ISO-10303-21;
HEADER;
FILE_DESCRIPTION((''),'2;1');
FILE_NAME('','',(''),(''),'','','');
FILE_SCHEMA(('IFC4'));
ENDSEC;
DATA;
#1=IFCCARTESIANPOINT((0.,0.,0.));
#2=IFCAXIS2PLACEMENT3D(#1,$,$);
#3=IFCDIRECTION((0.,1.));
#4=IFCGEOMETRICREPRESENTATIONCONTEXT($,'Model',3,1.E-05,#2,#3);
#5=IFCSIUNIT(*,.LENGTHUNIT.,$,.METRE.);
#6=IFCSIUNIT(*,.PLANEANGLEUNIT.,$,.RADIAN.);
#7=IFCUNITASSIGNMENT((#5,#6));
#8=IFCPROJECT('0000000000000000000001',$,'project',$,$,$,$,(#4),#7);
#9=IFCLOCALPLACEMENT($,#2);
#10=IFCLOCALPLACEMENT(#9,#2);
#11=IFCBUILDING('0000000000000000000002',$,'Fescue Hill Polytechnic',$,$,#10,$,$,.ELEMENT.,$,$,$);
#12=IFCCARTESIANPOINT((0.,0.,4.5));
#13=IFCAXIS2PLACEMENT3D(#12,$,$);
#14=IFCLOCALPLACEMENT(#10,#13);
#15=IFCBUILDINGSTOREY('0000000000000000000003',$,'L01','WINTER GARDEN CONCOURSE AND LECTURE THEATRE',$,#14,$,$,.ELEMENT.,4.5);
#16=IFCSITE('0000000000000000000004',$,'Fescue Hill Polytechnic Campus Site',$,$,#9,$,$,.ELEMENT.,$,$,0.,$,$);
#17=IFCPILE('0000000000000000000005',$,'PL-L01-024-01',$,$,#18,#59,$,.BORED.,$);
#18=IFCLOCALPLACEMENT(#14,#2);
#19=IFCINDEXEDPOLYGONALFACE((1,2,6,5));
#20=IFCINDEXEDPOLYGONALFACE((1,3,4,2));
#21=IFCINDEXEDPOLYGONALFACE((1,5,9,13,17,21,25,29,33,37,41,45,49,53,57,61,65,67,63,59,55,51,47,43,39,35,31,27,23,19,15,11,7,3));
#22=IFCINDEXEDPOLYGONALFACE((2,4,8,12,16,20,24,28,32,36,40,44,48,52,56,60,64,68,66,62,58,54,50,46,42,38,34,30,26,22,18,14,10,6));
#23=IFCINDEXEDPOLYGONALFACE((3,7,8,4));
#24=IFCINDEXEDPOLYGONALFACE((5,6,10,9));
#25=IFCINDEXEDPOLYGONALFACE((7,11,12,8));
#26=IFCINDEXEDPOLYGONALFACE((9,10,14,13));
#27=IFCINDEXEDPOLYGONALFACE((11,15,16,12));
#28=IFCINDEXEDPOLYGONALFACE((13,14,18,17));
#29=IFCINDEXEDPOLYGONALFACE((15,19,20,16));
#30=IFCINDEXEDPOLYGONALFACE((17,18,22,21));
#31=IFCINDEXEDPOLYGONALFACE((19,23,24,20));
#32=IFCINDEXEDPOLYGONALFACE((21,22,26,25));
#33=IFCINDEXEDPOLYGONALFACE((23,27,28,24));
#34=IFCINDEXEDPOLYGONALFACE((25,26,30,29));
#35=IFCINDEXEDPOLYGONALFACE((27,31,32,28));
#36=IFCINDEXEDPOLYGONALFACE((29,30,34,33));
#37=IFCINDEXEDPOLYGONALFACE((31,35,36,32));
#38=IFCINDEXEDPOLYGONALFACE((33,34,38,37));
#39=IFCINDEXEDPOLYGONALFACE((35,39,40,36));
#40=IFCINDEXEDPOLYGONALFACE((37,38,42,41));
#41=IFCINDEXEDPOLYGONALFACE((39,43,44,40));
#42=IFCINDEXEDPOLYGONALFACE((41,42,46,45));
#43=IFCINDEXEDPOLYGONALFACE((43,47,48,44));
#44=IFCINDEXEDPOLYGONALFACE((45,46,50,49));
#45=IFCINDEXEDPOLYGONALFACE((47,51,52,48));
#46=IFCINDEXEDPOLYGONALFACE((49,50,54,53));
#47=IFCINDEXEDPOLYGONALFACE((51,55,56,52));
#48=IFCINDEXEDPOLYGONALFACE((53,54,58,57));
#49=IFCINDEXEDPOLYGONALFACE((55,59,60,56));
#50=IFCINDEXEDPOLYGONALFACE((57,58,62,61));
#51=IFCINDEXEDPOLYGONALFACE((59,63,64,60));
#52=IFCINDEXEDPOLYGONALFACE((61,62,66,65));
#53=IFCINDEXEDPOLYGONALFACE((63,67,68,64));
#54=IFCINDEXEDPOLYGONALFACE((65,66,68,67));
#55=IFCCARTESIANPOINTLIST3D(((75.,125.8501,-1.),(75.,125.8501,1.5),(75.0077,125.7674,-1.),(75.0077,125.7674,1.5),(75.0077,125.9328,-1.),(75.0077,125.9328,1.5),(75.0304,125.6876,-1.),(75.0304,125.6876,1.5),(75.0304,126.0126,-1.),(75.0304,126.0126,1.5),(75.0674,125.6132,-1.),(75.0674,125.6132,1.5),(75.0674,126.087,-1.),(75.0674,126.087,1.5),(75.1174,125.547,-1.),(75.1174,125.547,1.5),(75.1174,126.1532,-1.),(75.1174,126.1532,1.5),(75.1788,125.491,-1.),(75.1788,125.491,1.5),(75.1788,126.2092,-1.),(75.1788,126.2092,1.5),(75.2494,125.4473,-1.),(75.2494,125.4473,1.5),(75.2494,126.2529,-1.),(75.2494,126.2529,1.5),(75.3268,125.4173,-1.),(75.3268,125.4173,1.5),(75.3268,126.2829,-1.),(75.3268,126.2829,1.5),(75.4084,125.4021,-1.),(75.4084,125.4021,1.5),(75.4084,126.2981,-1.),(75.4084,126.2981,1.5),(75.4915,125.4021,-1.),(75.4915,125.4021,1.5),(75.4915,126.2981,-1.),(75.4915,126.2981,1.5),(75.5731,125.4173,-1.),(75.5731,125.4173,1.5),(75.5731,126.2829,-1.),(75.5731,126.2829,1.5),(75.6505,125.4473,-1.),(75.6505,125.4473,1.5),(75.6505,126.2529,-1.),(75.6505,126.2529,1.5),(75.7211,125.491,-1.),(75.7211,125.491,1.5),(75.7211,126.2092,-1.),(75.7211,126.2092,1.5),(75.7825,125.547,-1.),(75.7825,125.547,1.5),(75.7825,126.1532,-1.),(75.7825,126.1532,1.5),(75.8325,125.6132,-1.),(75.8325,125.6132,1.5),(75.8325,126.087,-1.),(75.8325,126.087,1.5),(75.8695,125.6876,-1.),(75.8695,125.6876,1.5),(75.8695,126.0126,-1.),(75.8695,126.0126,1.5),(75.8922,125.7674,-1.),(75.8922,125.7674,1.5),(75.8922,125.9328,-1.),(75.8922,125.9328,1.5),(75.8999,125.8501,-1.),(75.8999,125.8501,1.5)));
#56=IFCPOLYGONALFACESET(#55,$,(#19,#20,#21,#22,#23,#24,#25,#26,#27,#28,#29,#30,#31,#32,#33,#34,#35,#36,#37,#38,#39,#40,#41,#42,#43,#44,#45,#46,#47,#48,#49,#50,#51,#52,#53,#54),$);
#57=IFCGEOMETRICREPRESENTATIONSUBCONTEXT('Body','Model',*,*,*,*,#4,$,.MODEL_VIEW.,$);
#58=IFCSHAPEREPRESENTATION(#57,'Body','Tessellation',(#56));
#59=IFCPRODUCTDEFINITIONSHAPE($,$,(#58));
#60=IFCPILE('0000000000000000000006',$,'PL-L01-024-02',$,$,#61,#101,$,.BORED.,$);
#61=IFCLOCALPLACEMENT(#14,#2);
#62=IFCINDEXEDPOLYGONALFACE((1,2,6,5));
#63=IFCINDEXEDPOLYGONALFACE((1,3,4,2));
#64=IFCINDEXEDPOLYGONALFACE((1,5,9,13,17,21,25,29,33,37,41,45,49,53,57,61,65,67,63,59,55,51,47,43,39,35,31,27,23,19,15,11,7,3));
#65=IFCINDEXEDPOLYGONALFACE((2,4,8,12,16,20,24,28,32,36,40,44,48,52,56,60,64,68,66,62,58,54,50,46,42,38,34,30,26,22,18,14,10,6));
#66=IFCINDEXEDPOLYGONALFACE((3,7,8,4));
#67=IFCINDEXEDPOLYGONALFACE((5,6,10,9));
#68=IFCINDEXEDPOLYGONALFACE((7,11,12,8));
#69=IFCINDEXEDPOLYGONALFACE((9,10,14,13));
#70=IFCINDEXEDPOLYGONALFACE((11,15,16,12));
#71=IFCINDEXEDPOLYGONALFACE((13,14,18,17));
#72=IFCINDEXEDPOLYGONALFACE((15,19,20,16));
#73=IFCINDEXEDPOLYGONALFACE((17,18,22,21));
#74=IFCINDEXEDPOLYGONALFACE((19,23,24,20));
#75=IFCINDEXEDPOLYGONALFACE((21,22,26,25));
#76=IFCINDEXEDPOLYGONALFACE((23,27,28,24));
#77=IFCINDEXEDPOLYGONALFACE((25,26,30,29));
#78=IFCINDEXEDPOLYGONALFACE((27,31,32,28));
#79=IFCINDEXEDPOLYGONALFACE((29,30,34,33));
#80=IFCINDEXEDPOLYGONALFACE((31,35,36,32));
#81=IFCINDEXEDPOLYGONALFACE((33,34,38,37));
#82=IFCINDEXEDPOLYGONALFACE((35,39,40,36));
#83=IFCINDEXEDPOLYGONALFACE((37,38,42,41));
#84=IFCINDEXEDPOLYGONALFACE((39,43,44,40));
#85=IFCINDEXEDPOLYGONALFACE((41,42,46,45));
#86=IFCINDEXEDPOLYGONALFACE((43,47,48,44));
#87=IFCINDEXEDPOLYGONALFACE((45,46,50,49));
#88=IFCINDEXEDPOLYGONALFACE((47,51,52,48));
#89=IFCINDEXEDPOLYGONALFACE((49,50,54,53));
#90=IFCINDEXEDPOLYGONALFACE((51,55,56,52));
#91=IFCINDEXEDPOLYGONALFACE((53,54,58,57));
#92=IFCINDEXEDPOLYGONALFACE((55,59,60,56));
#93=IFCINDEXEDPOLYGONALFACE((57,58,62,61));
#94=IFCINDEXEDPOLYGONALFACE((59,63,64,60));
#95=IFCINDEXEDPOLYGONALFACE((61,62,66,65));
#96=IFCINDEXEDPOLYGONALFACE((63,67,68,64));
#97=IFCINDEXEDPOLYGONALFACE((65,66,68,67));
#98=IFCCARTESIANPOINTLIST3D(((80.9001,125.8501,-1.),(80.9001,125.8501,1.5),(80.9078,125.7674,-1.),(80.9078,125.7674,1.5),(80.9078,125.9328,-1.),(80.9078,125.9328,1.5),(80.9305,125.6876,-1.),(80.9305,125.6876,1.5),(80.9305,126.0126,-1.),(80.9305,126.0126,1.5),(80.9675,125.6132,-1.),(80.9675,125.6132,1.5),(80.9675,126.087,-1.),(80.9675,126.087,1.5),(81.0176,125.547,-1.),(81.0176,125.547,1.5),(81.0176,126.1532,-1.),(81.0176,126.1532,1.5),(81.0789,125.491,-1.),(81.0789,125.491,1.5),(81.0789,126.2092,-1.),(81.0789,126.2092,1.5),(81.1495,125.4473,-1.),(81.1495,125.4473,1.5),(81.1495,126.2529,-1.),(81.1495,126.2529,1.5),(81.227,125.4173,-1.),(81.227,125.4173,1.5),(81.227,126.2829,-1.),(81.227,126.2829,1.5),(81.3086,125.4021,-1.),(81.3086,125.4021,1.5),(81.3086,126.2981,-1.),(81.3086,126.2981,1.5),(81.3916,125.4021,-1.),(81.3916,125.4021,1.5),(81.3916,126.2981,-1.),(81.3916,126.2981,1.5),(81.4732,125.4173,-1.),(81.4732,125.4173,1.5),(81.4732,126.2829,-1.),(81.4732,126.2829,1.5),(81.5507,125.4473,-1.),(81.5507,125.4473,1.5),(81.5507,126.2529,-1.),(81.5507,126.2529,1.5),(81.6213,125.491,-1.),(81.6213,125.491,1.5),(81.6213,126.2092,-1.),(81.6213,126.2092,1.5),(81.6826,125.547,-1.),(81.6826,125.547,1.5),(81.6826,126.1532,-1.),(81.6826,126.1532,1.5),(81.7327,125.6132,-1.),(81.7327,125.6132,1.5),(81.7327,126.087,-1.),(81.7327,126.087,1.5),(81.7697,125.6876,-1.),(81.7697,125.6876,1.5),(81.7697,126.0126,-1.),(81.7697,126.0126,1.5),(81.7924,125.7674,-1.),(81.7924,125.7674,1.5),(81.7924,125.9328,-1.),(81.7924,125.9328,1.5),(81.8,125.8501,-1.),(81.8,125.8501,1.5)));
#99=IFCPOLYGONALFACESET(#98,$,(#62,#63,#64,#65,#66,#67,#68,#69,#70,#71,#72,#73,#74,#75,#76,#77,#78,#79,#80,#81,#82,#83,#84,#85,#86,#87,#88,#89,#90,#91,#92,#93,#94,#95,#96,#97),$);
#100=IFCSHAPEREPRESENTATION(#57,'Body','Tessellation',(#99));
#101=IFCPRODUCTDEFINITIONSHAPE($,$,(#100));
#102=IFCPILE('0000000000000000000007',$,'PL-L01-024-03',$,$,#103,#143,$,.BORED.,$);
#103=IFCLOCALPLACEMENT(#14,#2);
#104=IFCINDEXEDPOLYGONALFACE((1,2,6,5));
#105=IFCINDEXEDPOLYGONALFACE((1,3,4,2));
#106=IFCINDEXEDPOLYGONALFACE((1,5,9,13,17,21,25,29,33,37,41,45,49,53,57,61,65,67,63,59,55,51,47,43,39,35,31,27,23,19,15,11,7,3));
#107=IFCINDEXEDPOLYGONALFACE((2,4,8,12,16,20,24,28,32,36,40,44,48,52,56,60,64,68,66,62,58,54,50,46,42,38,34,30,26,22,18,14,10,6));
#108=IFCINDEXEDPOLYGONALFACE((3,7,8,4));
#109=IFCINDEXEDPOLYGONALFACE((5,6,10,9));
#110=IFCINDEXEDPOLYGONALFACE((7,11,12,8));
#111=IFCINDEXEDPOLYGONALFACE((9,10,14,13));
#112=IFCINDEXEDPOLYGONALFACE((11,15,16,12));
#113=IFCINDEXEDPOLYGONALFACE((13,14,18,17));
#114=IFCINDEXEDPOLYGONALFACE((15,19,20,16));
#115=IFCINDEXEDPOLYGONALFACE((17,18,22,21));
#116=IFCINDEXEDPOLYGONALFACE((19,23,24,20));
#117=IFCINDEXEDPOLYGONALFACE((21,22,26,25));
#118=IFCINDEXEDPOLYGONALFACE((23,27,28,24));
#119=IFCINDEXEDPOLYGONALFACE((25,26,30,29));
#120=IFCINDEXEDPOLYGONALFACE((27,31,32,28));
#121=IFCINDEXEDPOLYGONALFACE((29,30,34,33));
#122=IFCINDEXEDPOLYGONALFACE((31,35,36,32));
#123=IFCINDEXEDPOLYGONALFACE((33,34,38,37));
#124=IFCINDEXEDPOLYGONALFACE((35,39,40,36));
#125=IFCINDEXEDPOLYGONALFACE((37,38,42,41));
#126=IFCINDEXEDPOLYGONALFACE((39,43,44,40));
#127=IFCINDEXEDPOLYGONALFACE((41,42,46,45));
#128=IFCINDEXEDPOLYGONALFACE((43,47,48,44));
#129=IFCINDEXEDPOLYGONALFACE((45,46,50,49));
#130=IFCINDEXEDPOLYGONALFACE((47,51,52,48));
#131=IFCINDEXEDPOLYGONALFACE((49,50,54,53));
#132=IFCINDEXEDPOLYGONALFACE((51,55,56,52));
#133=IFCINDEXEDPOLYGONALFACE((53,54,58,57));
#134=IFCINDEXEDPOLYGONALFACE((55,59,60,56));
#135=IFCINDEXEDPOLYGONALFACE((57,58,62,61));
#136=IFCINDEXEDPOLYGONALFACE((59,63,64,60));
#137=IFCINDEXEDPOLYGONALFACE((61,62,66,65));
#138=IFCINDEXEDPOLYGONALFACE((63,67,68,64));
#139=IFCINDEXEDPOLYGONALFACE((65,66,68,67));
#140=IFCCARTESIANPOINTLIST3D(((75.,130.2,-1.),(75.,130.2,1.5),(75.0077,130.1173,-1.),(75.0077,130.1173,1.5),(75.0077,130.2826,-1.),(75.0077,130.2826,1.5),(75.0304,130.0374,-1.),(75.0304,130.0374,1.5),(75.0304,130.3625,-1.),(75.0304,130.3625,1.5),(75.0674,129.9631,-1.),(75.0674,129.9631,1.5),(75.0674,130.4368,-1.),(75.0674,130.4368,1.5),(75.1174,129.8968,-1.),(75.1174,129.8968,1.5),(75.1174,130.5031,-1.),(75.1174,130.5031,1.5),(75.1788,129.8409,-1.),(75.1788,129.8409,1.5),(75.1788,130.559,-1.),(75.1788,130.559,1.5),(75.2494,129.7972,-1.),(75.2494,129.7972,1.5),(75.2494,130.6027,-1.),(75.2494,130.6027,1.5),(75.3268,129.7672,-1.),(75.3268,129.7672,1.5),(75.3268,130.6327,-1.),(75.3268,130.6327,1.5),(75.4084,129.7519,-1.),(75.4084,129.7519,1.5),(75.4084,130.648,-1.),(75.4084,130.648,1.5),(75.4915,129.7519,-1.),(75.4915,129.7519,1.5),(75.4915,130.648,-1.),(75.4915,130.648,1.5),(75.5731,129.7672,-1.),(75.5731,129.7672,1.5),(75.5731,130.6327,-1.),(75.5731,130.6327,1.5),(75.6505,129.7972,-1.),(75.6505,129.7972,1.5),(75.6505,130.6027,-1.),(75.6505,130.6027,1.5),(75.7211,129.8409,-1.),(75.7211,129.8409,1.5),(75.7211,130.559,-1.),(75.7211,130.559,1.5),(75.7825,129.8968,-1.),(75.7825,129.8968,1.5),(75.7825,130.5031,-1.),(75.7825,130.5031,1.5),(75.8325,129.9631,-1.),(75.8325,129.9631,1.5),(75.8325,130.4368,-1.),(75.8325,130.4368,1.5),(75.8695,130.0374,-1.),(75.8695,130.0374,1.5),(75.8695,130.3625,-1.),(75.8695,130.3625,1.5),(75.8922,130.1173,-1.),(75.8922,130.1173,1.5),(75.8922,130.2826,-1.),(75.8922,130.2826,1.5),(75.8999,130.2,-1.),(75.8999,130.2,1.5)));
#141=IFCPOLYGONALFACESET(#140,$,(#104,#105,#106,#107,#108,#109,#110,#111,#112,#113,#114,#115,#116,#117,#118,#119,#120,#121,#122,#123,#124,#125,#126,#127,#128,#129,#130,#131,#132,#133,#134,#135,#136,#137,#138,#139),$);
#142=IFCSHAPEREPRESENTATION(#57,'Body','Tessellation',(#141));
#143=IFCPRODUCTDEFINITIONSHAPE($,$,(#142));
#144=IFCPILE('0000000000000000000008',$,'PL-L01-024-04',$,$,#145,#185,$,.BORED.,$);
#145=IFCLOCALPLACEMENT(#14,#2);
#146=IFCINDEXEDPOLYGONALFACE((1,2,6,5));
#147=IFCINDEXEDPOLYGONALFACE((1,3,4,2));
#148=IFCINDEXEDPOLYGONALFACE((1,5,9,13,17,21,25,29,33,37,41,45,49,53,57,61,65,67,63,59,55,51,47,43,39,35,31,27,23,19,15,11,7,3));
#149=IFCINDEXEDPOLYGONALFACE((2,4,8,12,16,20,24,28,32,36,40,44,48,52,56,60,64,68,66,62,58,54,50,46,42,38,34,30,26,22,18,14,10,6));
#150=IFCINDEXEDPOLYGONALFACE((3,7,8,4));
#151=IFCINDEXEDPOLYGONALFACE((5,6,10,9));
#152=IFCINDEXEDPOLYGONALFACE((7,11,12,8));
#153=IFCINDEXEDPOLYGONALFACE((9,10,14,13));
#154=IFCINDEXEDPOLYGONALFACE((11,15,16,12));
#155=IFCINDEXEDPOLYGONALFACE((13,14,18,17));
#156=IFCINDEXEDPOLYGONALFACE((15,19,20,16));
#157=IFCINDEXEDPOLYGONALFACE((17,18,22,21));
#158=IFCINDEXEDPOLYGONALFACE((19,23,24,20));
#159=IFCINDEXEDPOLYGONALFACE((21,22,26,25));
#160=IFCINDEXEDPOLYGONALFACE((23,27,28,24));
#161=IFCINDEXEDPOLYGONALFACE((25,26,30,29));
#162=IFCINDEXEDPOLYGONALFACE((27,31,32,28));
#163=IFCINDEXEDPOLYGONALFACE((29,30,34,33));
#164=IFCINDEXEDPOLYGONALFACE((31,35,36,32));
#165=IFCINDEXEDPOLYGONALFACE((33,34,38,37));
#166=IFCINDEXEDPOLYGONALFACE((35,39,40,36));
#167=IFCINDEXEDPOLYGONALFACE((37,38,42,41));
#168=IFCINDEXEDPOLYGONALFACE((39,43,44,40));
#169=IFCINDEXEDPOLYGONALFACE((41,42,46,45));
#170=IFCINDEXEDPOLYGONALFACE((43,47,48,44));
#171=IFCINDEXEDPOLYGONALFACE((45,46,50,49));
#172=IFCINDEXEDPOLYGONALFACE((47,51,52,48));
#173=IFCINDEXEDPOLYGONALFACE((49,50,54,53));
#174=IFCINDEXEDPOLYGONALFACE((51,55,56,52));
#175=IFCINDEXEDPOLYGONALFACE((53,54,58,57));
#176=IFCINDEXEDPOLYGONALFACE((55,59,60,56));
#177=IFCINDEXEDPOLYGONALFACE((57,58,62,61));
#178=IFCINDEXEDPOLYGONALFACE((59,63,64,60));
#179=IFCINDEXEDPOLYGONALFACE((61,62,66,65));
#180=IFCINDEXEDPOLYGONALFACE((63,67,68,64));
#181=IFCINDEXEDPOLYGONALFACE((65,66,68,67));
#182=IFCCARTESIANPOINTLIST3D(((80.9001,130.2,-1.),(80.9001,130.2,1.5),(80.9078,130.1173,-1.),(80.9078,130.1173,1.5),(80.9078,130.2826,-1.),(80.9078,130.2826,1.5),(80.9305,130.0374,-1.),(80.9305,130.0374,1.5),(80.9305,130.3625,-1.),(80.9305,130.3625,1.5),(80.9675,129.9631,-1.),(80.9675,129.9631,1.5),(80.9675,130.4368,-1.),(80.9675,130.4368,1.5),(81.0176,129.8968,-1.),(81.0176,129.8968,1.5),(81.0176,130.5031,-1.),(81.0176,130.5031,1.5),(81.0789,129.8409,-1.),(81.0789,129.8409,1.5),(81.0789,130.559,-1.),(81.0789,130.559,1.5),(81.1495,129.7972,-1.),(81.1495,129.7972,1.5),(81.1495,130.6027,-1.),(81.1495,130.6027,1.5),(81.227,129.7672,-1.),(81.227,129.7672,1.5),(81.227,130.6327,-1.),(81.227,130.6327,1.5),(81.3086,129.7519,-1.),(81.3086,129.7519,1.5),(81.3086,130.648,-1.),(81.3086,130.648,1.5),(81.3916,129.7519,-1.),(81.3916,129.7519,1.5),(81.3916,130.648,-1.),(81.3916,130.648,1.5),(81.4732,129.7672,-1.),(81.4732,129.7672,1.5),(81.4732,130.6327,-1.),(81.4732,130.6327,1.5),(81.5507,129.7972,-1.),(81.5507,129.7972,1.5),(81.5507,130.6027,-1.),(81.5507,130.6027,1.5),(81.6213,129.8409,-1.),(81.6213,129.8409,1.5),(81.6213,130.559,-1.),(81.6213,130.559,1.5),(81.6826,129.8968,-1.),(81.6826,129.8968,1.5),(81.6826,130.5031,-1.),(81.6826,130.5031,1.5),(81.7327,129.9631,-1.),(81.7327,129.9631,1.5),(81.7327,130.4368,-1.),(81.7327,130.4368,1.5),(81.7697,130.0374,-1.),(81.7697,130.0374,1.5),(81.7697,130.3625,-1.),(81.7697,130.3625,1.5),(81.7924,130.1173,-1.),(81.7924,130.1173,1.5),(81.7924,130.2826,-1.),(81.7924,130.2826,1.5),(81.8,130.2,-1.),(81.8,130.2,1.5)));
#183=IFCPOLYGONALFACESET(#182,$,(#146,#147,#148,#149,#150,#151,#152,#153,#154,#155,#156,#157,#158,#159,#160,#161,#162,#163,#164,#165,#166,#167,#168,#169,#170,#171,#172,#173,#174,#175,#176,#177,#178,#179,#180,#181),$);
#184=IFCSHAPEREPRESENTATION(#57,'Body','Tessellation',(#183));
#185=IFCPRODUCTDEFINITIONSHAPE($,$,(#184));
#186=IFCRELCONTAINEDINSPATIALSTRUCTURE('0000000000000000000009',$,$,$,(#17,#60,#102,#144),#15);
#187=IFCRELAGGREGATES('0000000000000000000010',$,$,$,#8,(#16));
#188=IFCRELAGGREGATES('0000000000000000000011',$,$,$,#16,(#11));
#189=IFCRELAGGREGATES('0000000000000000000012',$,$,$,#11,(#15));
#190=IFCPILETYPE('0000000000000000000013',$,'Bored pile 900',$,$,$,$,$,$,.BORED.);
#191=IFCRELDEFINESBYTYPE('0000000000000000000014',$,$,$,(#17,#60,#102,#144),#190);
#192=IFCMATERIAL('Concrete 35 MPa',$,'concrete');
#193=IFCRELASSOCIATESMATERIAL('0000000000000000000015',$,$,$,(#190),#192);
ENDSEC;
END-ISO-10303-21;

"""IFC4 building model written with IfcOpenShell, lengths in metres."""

from ifc_helpers import new_model, si_unit, direction, frame, origin, origin_2d, place, context, subcontext, project, spatial, circle, extrude, material, material_profile, profile_set, type_object, element, save


model = new_model("IFC4")

# Units and contexts
model_context = context("Model", 3, precision=1e-05, world=origin(), true_north=direction((0.0, 1.0)))
body_context = subcontext(model_context, "Body", "Model", "MODEL_VIEW")
ifc_project = project(units=[si_unit("LENGTHUNIT", "METRE"), si_unit("PLANEANGLEUNIT", "RADIAN")], contexts=[model_context])

# Site, building, storey
site_placement = place(None, origin())
site = spatial("IfcSite", under=ifc_project, at=site_placement, Name="Fescue Hill Polytechnic Campus Site", CompositionType="ELEMENT", RefElevation=0.0)
building_placement = place(site_placement, origin())
building = spatial("IfcBuilding", under=site, at=building_placement, Name="Fescue Hill Polytechnic", CompositionType="ELEMENT")
storey_placement = place(building_placement, frame((0.0, 0.0, 4.5)))
storey = spatial("IfcBuildingStorey", under=building, at=storey_placement, Name="L01", Description="WINTER GARDEN CONCOURSE AND LECTURE THEATRE", CompositionType="ELEMENT", Elevation=4.5)

# Piles
ifc_material_1 = material(Name="Concrete 35 MPa", Category="concrete")
ifc_material_profile_1 = material_profile(ifc_material_1, circle(Radius=0.45, at=origin_2d()), Name="Bored pile 900")
ifc_profile_set_1 = profile_set([ifc_material_profile_1], Name="Concrete 35 MPa")
pile_type = type_object("IfcPileType", Name="Bored pile 900", PredefinedType="BORED", material=ifc_profile_set_1)
for number, where, z_axis, x_axis, name in (
    (1, (75.45, 125.8501, 1.5), (0.0, 0.0, -1.0), (1.0, 0.0, 0.0), "PL-L01-024-01"),
    (2, (81.3501, 125.8501, 1.5), (0.0, 0.0, -1.0), (1.0, 0.0, 0.0), "PL-L01-024-02"),
    (3, (75.45, 130.2, 1.5), (0.0, 0.0, -1.0), (1.0, 0.0, 0.0), "PL-L01-024-03"),
    (4, (81.3501, 130.2, 1.5), (0.0, 0.0, -1.0), (1.0, 0.0, 0.0), "PL-L01-024-04"),
):
    element("IfcPile", number, at=place(storey_placement, frame(where, z_axis=z_axis, x_axis=x_axis)), inside=storey, type_object=pile_type, Name=name, PredefinedType="BORED", context=body_context, shape_type="SweptSolid", body=[
        extrude(circle(Radius=0.45, at=origin_2d()), origin(), (0.0, 0.0, 1.0), 2.5),
    ])

save(model, "model.ifc")
